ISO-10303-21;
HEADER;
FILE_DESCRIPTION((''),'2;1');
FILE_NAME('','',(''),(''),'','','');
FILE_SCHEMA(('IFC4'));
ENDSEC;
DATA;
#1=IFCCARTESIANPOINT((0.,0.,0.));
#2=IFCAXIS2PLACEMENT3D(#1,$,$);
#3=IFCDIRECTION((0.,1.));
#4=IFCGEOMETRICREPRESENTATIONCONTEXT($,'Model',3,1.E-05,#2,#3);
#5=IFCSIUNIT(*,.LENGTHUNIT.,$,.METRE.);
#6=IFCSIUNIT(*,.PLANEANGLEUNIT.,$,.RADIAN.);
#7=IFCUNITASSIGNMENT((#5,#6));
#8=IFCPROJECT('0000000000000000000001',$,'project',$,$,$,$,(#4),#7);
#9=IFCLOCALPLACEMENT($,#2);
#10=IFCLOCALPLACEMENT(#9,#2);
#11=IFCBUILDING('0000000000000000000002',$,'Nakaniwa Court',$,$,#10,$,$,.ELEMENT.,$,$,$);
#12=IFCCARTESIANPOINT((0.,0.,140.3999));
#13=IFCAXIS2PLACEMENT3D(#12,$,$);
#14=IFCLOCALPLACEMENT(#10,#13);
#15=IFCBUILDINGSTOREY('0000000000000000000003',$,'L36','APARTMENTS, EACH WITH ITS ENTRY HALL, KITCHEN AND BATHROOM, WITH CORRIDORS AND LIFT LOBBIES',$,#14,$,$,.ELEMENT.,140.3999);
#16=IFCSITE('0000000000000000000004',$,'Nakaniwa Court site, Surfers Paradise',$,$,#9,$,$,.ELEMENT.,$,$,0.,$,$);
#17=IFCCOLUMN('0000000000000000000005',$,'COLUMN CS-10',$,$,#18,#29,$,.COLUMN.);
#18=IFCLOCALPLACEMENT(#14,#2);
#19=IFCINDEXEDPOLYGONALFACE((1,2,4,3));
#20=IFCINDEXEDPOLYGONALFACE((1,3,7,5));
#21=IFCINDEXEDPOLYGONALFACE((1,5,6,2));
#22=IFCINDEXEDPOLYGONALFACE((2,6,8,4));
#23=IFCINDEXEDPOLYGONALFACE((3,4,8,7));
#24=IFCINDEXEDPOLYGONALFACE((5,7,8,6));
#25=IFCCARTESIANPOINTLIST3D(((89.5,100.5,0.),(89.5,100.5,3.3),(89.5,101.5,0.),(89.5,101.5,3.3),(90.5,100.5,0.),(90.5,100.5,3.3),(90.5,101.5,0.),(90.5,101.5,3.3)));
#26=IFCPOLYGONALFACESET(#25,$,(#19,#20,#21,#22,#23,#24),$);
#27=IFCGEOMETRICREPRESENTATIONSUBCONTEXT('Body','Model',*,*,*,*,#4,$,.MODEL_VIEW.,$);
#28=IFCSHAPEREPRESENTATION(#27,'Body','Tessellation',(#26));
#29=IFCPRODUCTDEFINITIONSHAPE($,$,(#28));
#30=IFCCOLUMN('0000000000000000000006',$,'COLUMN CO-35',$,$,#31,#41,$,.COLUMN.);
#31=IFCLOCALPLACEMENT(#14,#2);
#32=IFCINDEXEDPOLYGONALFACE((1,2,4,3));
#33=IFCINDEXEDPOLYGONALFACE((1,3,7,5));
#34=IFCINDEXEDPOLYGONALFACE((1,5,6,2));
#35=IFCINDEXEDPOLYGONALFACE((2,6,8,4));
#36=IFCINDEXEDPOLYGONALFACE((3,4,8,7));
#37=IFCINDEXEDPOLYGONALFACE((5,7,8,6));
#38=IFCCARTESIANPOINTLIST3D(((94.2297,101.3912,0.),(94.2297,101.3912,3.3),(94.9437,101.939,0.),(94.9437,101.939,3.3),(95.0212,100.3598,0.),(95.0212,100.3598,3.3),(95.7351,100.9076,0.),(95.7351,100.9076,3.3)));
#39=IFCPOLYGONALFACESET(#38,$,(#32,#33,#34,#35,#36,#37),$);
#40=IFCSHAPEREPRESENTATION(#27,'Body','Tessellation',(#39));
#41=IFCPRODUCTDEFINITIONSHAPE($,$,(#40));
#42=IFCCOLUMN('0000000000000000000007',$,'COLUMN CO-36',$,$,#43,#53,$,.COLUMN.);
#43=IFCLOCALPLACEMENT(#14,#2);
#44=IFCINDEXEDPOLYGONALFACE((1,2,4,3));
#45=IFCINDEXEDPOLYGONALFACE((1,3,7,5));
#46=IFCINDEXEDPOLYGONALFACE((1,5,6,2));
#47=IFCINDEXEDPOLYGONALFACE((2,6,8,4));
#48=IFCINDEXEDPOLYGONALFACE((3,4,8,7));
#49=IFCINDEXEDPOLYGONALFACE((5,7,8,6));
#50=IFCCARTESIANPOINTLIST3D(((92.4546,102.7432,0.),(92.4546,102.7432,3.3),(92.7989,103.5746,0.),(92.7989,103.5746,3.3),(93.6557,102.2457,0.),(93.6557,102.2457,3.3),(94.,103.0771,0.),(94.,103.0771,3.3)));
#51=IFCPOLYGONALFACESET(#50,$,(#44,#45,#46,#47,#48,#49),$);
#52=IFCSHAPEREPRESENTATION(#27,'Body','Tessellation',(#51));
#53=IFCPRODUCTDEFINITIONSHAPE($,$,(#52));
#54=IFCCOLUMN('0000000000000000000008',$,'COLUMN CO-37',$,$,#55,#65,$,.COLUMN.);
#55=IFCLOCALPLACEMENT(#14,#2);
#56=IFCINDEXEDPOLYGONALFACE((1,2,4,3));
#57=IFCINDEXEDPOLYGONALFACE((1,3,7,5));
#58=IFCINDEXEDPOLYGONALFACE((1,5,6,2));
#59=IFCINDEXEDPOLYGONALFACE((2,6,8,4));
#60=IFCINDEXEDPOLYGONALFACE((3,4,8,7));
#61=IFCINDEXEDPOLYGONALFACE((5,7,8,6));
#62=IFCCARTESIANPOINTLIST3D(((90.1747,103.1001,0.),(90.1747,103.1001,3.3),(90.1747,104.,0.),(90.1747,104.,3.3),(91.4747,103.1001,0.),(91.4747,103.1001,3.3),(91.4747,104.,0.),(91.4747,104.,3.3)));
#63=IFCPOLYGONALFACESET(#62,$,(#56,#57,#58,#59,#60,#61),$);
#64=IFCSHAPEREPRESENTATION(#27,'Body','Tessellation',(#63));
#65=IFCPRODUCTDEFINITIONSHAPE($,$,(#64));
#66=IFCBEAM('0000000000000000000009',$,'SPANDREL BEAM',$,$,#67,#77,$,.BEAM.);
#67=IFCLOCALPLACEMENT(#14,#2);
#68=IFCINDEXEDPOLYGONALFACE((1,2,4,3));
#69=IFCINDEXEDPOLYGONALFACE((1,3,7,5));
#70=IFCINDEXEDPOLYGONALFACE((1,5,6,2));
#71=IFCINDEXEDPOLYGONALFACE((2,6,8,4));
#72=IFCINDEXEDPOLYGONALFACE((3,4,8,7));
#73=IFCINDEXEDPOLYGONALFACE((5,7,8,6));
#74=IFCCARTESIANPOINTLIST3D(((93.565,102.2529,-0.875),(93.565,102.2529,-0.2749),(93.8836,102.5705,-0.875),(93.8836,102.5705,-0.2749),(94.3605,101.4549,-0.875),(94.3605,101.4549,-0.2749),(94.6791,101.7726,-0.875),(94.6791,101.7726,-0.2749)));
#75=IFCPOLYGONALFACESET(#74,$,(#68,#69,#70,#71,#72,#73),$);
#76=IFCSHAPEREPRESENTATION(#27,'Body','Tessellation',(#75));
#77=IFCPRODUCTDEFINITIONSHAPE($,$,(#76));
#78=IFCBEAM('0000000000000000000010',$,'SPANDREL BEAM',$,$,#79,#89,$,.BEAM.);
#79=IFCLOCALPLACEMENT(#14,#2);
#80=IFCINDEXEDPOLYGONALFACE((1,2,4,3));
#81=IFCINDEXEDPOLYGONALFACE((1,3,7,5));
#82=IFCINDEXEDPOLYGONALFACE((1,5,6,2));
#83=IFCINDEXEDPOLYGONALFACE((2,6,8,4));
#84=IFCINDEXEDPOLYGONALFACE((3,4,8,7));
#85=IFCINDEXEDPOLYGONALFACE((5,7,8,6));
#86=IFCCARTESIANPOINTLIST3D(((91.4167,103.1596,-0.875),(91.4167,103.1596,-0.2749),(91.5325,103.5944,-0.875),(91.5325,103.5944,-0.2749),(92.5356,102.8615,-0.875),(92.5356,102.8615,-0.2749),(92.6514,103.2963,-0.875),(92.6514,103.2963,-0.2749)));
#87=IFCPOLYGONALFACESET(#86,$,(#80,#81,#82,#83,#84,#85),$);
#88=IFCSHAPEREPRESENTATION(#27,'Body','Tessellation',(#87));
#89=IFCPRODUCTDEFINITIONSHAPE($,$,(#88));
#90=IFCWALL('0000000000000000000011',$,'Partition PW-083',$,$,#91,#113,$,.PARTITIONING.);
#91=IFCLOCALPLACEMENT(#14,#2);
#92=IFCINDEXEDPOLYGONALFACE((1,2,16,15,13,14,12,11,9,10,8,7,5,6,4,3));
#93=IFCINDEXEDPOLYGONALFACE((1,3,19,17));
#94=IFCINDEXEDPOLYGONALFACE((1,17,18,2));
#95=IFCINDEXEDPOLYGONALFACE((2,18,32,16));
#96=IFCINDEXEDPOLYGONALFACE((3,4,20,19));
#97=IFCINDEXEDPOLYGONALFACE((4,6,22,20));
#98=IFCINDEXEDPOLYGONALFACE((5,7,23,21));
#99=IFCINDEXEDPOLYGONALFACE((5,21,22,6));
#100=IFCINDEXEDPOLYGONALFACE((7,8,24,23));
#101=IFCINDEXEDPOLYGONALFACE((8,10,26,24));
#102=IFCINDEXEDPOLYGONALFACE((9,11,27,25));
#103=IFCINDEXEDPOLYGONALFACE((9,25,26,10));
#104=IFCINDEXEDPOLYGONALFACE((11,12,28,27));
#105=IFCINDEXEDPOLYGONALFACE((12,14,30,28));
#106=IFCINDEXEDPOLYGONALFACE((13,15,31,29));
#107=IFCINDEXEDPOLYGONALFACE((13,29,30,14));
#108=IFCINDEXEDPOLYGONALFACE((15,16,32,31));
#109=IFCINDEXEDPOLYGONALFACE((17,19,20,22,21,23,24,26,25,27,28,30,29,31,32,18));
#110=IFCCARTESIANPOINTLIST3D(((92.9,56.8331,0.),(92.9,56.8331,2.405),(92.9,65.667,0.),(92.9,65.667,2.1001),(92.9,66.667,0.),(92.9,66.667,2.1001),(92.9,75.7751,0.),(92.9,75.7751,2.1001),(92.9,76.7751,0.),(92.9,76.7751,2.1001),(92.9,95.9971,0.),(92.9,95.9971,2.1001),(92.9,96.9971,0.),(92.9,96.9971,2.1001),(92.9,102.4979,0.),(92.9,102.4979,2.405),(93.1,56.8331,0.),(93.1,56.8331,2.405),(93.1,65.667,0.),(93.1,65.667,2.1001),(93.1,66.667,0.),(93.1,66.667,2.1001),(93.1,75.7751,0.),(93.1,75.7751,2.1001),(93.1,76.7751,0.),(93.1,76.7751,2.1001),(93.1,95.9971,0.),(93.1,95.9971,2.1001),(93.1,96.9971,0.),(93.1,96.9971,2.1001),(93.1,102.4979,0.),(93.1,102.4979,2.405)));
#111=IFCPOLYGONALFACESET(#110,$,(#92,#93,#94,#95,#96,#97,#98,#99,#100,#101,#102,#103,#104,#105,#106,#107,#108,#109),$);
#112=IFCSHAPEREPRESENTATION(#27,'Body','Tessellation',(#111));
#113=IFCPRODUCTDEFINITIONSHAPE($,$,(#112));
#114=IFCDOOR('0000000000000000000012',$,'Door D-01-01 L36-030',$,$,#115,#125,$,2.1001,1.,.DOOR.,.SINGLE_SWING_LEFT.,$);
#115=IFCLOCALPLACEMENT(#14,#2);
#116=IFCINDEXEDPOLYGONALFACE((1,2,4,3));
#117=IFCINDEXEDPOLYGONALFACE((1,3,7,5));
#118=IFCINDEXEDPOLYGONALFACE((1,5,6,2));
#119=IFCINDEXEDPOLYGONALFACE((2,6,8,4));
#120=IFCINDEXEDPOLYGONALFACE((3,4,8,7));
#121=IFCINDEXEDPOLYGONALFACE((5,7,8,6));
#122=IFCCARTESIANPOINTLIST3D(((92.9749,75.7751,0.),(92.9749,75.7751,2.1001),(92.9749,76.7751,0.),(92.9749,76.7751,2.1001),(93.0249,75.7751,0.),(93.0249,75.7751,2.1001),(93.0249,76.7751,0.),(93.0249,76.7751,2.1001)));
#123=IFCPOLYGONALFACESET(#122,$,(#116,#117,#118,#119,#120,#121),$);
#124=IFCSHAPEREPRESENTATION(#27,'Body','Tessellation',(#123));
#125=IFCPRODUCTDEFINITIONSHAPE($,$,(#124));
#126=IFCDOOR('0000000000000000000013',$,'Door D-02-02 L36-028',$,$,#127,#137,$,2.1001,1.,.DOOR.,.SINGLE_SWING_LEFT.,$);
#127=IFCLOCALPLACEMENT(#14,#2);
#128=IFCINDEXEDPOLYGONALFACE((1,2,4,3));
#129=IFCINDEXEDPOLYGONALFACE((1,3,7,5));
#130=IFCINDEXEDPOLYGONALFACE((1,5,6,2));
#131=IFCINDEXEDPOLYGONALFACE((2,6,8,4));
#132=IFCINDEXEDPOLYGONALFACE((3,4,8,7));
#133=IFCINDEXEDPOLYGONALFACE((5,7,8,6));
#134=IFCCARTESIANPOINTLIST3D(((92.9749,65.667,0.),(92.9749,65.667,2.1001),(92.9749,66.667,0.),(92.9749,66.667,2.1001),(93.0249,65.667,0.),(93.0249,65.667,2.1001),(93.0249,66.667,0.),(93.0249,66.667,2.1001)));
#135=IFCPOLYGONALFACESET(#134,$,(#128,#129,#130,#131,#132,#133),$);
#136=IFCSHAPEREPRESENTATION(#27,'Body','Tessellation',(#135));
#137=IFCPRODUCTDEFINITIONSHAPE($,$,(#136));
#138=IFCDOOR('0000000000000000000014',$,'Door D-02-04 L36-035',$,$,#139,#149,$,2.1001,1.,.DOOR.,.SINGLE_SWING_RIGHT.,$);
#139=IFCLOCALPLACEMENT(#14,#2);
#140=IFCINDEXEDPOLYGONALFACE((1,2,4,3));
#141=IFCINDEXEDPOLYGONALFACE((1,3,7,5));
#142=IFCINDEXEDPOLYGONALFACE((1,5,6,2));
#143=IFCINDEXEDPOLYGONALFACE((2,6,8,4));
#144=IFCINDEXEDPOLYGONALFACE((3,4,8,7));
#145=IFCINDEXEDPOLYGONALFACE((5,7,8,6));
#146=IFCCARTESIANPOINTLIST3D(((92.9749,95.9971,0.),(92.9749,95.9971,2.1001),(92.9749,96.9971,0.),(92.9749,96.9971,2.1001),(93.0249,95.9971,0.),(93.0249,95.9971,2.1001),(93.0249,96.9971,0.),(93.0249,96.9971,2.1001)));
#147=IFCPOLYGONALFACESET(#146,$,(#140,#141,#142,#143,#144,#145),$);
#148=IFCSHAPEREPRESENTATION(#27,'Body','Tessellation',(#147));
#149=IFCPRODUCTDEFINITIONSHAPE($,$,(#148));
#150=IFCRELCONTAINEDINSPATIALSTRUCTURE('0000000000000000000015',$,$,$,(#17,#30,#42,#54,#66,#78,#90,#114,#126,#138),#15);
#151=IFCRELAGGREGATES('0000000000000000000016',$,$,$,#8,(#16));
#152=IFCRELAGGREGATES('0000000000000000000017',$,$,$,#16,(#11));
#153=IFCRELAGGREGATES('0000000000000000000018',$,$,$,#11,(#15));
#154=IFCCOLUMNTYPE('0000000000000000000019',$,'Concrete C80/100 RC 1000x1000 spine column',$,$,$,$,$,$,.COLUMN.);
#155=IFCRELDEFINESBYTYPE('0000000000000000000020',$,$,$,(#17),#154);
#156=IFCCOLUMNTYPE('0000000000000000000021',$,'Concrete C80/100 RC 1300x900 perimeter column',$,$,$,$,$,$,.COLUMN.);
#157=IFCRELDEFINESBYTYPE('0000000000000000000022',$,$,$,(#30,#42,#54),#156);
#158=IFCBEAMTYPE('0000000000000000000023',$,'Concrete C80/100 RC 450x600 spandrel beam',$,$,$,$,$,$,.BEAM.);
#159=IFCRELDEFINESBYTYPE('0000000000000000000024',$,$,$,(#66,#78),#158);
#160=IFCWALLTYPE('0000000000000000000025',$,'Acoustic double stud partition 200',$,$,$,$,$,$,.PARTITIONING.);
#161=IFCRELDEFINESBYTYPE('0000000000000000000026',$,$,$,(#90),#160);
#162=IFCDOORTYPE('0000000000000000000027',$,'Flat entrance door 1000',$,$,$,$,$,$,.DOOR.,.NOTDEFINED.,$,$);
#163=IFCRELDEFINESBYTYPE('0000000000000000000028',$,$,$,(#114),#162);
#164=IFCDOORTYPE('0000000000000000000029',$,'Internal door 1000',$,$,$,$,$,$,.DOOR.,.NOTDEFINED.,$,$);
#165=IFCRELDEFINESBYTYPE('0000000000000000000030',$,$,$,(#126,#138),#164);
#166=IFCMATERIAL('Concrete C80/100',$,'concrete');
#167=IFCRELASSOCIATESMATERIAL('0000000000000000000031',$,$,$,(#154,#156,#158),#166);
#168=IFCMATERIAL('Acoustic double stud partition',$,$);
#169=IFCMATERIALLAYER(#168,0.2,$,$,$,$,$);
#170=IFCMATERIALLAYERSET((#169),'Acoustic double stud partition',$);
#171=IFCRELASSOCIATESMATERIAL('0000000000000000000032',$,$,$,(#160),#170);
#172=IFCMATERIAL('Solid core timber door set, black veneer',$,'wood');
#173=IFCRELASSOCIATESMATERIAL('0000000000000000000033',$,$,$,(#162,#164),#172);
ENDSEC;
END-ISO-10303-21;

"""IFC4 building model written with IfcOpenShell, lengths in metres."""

from ifc_helpers import new_model, si_unit, direction, frame, frame_2d, origin, origin_2d, place, context, subcontext, project, spatial, rectangle, extrude, material, layer, layer_set, material_profile, profile_set, type_object, element, fill, save


model = new_model("IFC4")

# Units and contexts
model_context = context("Model", 3, precision=1e-05, world=origin(), true_north=direction((0.0, 1.0)))
body_context = subcontext(model_context, "Body", "Model", "MODEL_VIEW")
ifc_project = project(units=[si_unit("LENGTHUNIT", "METRE"), si_unit("PLANEANGLEUNIT", "RADIAN")], contexts=[model_context])

# Site, building, storey
site_placement = place(None, origin())
site = spatial("IfcSite", under=ifc_project, at=site_placement, Name="Nakaniwa Court site, Surfers Paradise", CompositionType="ELEMENT", RefElevation=0.0)
building_placement = place(site_placement, origin())
building = spatial("IfcBuilding", under=site, at=building_placement, Name="Nakaniwa Court", CompositionType="ELEMENT")
storey_placement = place(building_placement, frame((0.0, 0.0, 140.3999)))
storey = spatial("IfcBuildingStorey", under=building, at=storey_placement, Name="L36", Description="APARTMENTS, EACH WITH ITS ENTRY HALL, KITCHEN AND BATHROOM, WITH CORRIDORS AND LIFT LOBBIES", CompositionType="ELEMENT", Elevation=140.3999)

# Columns
ifc_material_1 = material(Name="Concrete C80/100", Category="concrete")
ifc_material_profile_1 = material_profile(ifc_material_1, rectangle(XDim=1.0, YDim=1.0, at=origin_2d()), Name="Concrete C80/100 RC 1000x1000 spine column")
ifc_profile_set_1 = profile_set([ifc_material_profile_1], Name="Concrete C80/100")
column_type_1 = type_object("IfcColumnType", Name="Concrete C80/100 RC 1000x1000 spine column", PredefinedType="COLUMN", material=ifc_profile_set_1)
column_placement = place(storey_placement, frame((90.0, 101.0, 0.0), z_axis=(0.0, 0.0, 1.0), x_axis=(0.0, 1.0, 0.0)))
element("IfcColumn", 1, at=column_placement, inside=storey, type_object=column_type_1, Name="COLUMN CS-10", PredefinedType="COLUMN", context=body_context, shape_type="SweptSolid", body=[
    extrude(rectangle(XDim=1.0, YDim=1.0, at=origin_2d()), origin(), (0.0, 0.0, 1.0), 3.3),
])
ifc_material_profile_2 = material_profile(ifc_material_1, rectangle(XDim=1.3, YDim=0.8999, at=origin_2d()), Name="Concrete C80/100 RC 1300x900 perimeter column")
ifc_profile_set_2 = profile_set([ifc_material_profile_2], Name="Concrete C80/100")
column_type_2 = type_object("IfcColumnType", Name="Concrete C80/100 RC 1300x900 perimeter column", PredefinedType="COLUMN", material=ifc_profile_set_2)
for number, where, z_axis, x_axis, name in (
    (2, (94.9824, 101.1494, 0.0), (0.0, 0.0, 1.0), (-0.608761, 0.793353, 0.0), "COLUMN CO-35"),
    (3, (93.2273, 102.9102, 0.0), (0.0, 0.0, 1.0), (-0.92388, 0.382683, 0.0), "COLUMN CO-36"),
    (4, (90.8247, 103.55, 0.0), (0.0, 0.0, 1.0), (-1.0, 0.0, 0.0), "COLUMN CO-37"),
):
    element("IfcColumn", number, at=place(storey_placement, frame(where, z_axis=z_axis, x_axis=x_axis)), inside=storey, type_object=column_type_2, Name=name, PredefinedType="COLUMN", context=body_context, shape_type="SweptSolid", body=[
        extrude(rectangle(XDim=1.3, YDim=0.8999, at=origin_2d()), origin(), (0.0, 0.0, 1.0), 3.3),
    ])

# Beams
ifc_material_profile_3 = material_profile(ifc_material_1, rectangle(XDim=0.45, YDim=0.6001, at=origin_2d()), Name="Concrete C80/100 RC 450x600 spandrel beam")
ifc_profile_set_3 = profile_set([ifc_material_profile_3], Name="Concrete C80/100")
beam_type = type_object("IfcBeamType", Name="Concrete C80/100 RC 450x600 spandrel beam", PredefinedType="BEAM", material=ifc_profile_set_3)
beam_1_placement = place(storey_placement, frame((94.5198, 101.6138, -0.575), z_axis=(-0.706022, 0.708189, 0.0), x_axis=(-0.708189, -0.706022, 0.0)))
element("IfcBeam", 5, at=beam_1_placement, inside=storey, type_object=beam_type, Name="SPANDREL BEAM", PredefinedType="BEAM", context=body_context, shape_type="SweptSolid", body=[
    extrude(rectangle(XDim=0.45, YDim=0.6001, at=origin_2d()), origin(), (0.0, 0.0, 1.0), 1.1267),
])
beam_2_placement = place(storey_placement, frame((92.5935, 103.0789, -0.575), z_axis=(-0.966294, 0.25744, 0.0), x_axis=(-0.25744, -0.966294, 0.0)))
element("IfcBeam", 6, at=beam_2_placement, inside=storey, type_object=beam_type, Name="SPANDREL BEAM", PredefinedType="BEAM", context=body_context, shape_type="SweptSolid", body=[
    extrude(rectangle(XDim=0.45, YDim=0.6001, at=origin_2d()), origin(), (0.0, 0.0, 1.0), 1.158),
])

# Wall, openings, doors
ifc_material_2 = material(Name="Acoustic double stud partition")
ifc_layer_1 = layer(ifc_material_2, 0.2)
ifc_layer_set_1 = layer_set([ifc_layer_1], Name="Acoustic double stud partition")
wall_type_1 = type_object("IfcWallType", Name="Acoustic double stud partition 200", PredefinedType="PARTITIONING", material=ifc_layer_set_1)
wall_1_placement = place(storey_placement, frame((93.0, 102.498, 0.0), z_axis=(0.0, 0.0, 1.0), x_axis=(0.0, -1.0, 0.0)))
wall_1 = element("IfcWall", 7, at=wall_1_placement, inside=storey, type_object=wall_type_1, Name="Partition PW-083", PredefinedType="PARTITIONING", context=body_context, shape_type="SweptSolid", body=[
    extrude(rectangle(XDim=45.6648, YDim=0.2, at=frame_2d((22.8325, 0.0))), origin(), (0.0, 0.0, 1.0), 2.405),
])
opening_1_placement = place(wall_1_placement, frame((35.8311, 0.0, 0.0)))
opening_1 = element("IfcOpeningElement", 8, at=opening_1_placement, cuts=wall_1, PredefinedType="OPENING", context=body_context, shape_type="SweptSolid", body=[
    extrude(rectangle(XDim=1.0, YDim=2.1001, at=frame_2d((0.5, 1.05))), frame((0.0, 0.1099, 0.0), z_axis=(0.0, -1.0, 0.0), x_axis=(1.0, 0.0, 0.0)), (0.0, 0.0, 1.0), 0.22),
])
opening_2_placement = place(wall_1_placement, frame((25.7229, 0.0, 0.0)))
opening_2 = element("IfcOpeningElement", 9, at=opening_2_placement, cuts=wall_1, PredefinedType="OPENING", context=body_context, shape_type="SweptSolid", body=[
    extrude(rectangle(XDim=1.0, YDim=2.1001, at=frame_2d((0.5, 1.05))), frame((0.0, 0.1099, 0.0), z_axis=(0.0, -1.0, 0.0), x_axis=(1.0, 0.0, 0.0)), (0.0, 0.0, 1.0), 0.22),
])
opening_3_placement = place(wall_1_placement, frame((5.501, 0.0, 0.0)))
opening_3 = element("IfcOpeningElement", 10, at=opening_3_placement, cuts=wall_1, PredefinedType="OPENING", context=body_context, shape_type="SweptSolid", body=[
    extrude(rectangle(XDim=1.0, YDim=2.1001, at=frame_2d((0.5, 1.05))), frame((0.0, 0.1099, 0.0), z_axis=(0.0, -1.0, 0.0), x_axis=(1.0, 0.0, 0.0)), (0.0, 0.0, 1.0), 0.22),
])
ifc_material_3 = material(Name="Solid core timber door set, black veneer", Category="wood")
door_type_1 = type_object("IfcDoorType", Name="Flat entrance door 1000", OperationType="NOTDEFINED", PredefinedType="DOOR", material=ifc_material_3)
door_1_placement = place(opening_2_placement, origin())
door_1 = element("IfcDoor", 11, at=door_1_placement, inside=storey, type_object=door_type_1, Name="Door D-01-01 L36-030", OperationType="SINGLE_SWING_LEFT", OverallHeight=2.1001, OverallWidth=1.0, PredefinedType="DOOR", context=body_context, shape_type="SweptSolid", body=[
    extrude(rectangle(XDim=1.0, YDim=2.1001, at=frame_2d((0.5, 1.05))), frame((0.0, 0.0249, 0.0), z_axis=(0.0, -1.0, 0.0), x_axis=(1.0, 0.0, 0.0)), (0.0, 0.0, 1.0), 0.05),
])
fill(opening_2, door_1)
door_type_2 = type_object("IfcDoorType", Name="Internal door 1000", OperationType="NOTDEFINED", PredefinedType="DOOR", material=ifc_material_3)
door_2_placement = place(opening_1_placement, origin())
door_2 = element("IfcDoor", 12, at=door_2_placement, inside=storey, type_object=door_type_2, Name="Door D-02-02 L36-028", OperationType="SINGLE_SWING_LEFT", OverallHeight=2.1001, OverallWidth=1.0, PredefinedType="DOOR", context=body_context, shape_type="SweptSolid", body=[
    extrude(rectangle(XDim=1.0, YDim=2.1001, at=frame_2d((0.5, 1.05))), frame((0.0, 0.0249, 0.0), z_axis=(0.0, -1.0, 0.0), x_axis=(1.0, 0.0, 0.0)), (0.0, 0.0, 1.0), 0.05),
])
fill(opening_1, door_2)
door_3_placement = place(opening_3_placement, origin())
door_3 = element("IfcDoor", 13, at=door_3_placement, inside=storey, type_object=door_type_2, Name="Door D-02-04 L36-035", OperationType="SINGLE_SWING_RIGHT", OverallHeight=2.1001, OverallWidth=1.0, PredefinedType="DOOR", context=body_context, shape_type="SweptSolid", body=[
    extrude(rectangle(XDim=1.0, YDim=2.1001, at=frame_2d((0.5, 1.05))), frame((0.0, 0.0249, 0.0), z_axis=(0.0, -1.0, 0.0), x_axis=(1.0, 0.0, 0.0)), (0.0, 0.0, 1.0), 0.05),
])
fill(opening_3, door_3)

save(model, "model.ifc")
